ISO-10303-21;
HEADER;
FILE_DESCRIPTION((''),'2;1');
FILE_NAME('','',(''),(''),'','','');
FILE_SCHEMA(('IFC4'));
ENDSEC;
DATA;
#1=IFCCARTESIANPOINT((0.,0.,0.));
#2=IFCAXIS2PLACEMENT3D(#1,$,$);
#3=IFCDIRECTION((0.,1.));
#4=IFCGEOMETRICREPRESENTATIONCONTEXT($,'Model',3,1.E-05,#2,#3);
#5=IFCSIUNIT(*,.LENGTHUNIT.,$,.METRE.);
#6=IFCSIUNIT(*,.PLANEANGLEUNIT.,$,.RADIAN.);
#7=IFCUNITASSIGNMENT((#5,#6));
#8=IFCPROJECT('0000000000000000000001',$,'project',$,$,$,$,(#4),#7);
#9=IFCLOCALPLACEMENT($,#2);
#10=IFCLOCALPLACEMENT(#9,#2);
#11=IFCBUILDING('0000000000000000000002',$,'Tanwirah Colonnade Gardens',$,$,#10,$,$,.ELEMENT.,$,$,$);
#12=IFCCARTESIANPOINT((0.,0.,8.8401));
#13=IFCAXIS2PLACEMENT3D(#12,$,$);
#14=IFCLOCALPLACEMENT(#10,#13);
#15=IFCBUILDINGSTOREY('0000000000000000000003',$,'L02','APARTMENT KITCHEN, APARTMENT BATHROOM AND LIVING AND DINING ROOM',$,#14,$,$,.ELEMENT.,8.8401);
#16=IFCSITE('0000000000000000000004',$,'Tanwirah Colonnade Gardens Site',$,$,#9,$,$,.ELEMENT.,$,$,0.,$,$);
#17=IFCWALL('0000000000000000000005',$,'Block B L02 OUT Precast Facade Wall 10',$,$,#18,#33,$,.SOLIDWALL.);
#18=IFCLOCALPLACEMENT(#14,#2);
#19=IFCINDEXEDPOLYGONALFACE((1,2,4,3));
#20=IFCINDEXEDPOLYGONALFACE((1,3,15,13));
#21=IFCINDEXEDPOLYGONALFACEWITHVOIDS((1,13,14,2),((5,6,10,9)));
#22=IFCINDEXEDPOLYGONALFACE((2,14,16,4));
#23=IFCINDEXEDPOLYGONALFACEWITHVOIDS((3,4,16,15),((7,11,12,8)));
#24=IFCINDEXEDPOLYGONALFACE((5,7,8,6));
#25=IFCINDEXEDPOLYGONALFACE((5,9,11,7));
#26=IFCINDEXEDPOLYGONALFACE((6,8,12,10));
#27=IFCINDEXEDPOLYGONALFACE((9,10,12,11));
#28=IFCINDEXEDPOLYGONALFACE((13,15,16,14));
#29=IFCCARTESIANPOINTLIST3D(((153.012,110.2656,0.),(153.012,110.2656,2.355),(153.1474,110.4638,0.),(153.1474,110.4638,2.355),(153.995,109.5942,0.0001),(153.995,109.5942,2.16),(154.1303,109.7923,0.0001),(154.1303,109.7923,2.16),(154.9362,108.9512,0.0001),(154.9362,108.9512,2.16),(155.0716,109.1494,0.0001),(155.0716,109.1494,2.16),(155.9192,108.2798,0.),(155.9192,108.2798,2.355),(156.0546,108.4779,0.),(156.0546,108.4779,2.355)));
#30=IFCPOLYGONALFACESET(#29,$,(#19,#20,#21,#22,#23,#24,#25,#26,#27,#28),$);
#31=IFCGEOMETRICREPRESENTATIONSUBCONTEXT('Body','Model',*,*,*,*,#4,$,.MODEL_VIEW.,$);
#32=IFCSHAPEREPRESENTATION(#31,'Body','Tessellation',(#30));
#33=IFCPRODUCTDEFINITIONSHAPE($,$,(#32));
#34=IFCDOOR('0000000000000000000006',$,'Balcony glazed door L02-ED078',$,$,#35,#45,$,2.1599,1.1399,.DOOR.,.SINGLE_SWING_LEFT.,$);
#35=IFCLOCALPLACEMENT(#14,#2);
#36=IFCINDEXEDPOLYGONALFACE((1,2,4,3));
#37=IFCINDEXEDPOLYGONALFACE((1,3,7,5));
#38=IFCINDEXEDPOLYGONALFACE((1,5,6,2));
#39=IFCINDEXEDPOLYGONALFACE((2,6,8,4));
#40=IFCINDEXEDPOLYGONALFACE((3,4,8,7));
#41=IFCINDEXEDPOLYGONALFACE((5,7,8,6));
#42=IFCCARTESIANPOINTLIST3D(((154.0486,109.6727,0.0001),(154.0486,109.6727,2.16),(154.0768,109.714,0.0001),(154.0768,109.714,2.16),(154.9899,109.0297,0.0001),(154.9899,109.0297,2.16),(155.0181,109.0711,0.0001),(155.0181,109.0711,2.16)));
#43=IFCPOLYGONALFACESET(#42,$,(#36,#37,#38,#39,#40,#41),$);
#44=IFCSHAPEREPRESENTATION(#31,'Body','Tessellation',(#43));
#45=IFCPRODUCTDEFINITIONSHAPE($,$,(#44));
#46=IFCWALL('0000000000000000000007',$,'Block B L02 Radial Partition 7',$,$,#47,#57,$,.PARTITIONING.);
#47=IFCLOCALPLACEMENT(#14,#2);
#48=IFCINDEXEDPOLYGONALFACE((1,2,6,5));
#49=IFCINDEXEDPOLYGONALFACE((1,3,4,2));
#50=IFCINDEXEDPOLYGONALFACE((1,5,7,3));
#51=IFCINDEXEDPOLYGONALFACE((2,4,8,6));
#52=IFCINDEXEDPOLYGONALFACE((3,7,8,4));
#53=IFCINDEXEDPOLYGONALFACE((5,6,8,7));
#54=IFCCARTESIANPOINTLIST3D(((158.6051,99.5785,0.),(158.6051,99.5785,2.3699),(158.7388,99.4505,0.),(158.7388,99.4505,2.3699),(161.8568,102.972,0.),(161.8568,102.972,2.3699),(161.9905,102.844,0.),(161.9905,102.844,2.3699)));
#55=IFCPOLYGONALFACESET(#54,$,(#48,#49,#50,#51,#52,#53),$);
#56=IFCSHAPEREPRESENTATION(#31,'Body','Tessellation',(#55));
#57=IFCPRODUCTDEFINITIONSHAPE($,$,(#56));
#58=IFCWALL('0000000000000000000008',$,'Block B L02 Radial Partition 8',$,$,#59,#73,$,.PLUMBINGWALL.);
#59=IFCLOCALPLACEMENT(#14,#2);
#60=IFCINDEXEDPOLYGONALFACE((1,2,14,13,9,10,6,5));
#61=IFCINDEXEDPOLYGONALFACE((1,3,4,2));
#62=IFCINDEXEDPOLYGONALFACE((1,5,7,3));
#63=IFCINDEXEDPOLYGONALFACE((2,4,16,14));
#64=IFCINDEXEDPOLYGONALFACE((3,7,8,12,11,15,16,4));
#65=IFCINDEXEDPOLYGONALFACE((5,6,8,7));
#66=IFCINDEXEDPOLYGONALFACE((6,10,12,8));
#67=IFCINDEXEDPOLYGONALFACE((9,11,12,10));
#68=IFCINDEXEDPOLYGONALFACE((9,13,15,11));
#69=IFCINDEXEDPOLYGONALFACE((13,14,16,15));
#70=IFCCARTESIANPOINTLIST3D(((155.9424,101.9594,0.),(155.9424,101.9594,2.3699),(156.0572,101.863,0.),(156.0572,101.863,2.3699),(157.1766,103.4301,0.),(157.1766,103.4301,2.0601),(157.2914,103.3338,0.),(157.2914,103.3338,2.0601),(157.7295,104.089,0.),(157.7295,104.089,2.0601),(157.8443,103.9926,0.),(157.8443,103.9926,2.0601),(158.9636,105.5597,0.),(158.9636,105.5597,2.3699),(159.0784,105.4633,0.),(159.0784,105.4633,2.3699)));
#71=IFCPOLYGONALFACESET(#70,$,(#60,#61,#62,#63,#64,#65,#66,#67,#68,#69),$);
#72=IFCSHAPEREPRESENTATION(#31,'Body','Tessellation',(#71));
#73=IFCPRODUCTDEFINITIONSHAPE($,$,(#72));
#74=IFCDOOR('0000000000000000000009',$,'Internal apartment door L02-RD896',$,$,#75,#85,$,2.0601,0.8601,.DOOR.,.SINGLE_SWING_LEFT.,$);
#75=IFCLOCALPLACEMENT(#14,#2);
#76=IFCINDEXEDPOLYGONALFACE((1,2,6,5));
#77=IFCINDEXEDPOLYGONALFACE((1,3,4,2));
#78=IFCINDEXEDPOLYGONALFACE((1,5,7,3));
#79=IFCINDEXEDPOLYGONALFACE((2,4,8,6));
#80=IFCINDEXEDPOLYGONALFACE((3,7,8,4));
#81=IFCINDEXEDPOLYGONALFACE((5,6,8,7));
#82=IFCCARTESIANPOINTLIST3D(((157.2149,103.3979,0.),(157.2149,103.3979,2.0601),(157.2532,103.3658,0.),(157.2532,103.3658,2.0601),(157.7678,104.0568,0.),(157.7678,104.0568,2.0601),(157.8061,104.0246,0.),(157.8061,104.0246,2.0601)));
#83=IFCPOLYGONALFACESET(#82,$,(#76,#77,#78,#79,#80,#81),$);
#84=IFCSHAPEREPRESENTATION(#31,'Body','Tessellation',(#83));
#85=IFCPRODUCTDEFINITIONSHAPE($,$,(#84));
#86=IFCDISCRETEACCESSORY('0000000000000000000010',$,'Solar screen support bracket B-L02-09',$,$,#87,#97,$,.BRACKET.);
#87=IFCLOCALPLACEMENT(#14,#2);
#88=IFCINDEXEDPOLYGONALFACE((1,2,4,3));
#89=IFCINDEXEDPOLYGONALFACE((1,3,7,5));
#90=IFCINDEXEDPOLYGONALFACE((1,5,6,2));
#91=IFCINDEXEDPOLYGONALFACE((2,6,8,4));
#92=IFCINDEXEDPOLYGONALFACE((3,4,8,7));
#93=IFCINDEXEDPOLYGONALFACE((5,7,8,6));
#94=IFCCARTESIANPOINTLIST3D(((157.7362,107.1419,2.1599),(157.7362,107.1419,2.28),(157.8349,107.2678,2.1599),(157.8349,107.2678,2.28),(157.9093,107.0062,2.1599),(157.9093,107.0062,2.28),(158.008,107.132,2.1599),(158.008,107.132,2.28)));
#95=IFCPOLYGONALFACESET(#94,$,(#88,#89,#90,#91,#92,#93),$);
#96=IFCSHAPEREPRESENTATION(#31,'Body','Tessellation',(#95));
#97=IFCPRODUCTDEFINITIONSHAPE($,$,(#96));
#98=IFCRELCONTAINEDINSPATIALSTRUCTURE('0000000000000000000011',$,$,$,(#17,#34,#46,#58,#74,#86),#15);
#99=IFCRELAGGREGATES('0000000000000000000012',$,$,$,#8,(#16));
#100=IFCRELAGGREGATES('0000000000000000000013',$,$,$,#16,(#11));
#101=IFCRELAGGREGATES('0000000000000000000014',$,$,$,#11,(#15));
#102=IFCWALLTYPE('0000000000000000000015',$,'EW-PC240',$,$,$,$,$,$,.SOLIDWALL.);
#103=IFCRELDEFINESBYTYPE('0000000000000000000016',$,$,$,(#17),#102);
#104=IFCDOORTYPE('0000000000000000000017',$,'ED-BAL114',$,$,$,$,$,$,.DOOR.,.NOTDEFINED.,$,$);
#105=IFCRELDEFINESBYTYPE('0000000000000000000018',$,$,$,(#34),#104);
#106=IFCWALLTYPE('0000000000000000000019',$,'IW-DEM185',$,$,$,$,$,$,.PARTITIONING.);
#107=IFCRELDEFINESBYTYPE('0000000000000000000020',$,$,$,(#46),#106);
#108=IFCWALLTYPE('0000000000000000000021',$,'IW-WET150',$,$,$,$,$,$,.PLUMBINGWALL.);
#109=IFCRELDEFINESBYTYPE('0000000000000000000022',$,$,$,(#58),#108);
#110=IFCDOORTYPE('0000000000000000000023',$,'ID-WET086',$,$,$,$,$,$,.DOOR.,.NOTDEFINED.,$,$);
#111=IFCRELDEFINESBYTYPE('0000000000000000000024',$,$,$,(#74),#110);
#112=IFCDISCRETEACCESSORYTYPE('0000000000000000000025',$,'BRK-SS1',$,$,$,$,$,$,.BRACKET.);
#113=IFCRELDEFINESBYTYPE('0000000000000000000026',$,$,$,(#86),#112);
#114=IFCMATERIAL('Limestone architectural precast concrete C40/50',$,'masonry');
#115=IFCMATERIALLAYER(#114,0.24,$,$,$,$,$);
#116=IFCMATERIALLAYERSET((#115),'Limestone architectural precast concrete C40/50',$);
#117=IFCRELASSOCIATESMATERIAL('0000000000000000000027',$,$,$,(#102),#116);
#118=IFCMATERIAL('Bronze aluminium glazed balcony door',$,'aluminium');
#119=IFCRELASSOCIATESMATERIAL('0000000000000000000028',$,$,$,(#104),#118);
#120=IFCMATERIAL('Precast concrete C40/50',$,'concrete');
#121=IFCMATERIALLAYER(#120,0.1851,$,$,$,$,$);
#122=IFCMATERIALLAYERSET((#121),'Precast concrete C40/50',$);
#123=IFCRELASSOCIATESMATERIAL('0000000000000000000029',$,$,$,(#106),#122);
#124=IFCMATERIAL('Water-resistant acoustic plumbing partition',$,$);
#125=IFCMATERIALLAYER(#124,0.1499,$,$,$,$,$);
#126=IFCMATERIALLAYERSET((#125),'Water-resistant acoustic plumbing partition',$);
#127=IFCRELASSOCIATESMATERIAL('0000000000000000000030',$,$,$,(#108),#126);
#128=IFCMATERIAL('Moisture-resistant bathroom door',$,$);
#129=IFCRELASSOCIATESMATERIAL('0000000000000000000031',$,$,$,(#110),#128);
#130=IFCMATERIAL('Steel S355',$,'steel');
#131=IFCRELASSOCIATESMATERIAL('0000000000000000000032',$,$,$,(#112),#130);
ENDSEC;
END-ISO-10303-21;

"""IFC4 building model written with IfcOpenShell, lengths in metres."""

from ifc_helpers import new_model, si_unit, direction, frame, frame_2d, origin, origin_2d, place, context, subcontext, project, spatial, rectangle, extrude, material, layer, layer_set, type_object, element, fill, save


model = new_model("IFC4")

# Units and contexts
model_context = context("Model", 3, precision=1e-05, world=origin(), true_north=direction((0.0, 1.0)))
body_context = subcontext(model_context, "Body", "Model", "MODEL_VIEW")
ifc_project = project(units=[si_unit("LENGTHUNIT", "METRE"), si_unit("PLANEANGLEUNIT", "RADIAN")], contexts=[model_context])

# Site, building, storey
site_placement = place(None, origin())
site = spatial("IfcSite", under=ifc_project, at=site_placement, Name="Tanwirah Colonnade Gardens Site", CompositionType="ELEMENT", RefElevation=0.0)
building_placement = place(site_placement, origin())
building = spatial("IfcBuilding", under=site, at=building_placement, Name="Tanwirah Colonnade Gardens", CompositionType="ELEMENT")
storey_placement = place(building_placement, frame((0.0, 0.0, 8.8401)))
storey = spatial("IfcBuildingStorey", under=building, at=storey_placement, Name="L02", Description="APARTMENT KITCHEN, APARTMENT BATHROOM AND LIVING AND DINING ROOM", CompositionType="ELEMENT", Elevation=8.8401)

# Shared definitions
ifc_material_1 = material(Name="Precast concrete C40/50", Category="concrete")

# Shared definitions
ifc_material_2 = material(Name="Limestone architectural precast concrete C40/50", Category="masonry")
ifc_layer_1 = layer(ifc_material_2, 0.24)
ifc_layer_set_1 = layer_set([ifc_layer_1], Name="Limestone architectural precast concrete C40/50")
wall_type_1 = type_object("IfcWallType", Name="EW-PC240", PredefinedType="SOLIDWALL", material=ifc_layer_set_1)

# Wall, opening, door
wall_1_placement = place(storey_placement, frame((155.9868, 108.3789, 0.0), z_axis=(0.0, 0.0, 1.0), x_axis=(-0.825746, 0.564042, 0.0)))
wall_1 = element("IfcWall", 1, at=wall_1_placement, inside=storey, type_object=wall_type_1, Name="Block B L02 OUT Precast Facade Wall 10", PredefinedType="SOLIDWALL", context=body_context, shape_type="SweptSolid", body=[
    extrude(rectangle(XDim=3.5208, YDim=0.24, at=frame_2d((1.7603, 0.0))), origin(), (0.0, 0.0, 1.0), 2.355),
])
opening_1_placement = place(wall_1_placement, frame((1.1904, 0.0, 0.0)))
opening_1 = element("IfcOpeningElement", 2, at=opening_1_placement, cuts=wall_1, PredefinedType="OPENING", context=body_context, shape_type="SweptSolid", body=[
    extrude(rectangle(XDim=1.1399, YDim=2.1599, at=frame_2d((0.5698, 1.0801))), frame((0.0, 0.1299, 0.0), z_axis=(0.0, -1.0, 0.0), x_axis=(1.0, 0.0, 0.0)), (0.0, 0.0, 1.0), 0.26),
])
ifc_material_3 = material(Name="Bronze aluminium glazed balcony door", Category="aluminium")
door_type_1 = type_object("IfcDoorType", Name="ED-BAL114", OperationType="NOTDEFINED", PredefinedType="DOOR", material=ifc_material_3)
door_1_placement = place(opening_1_placement, origin())
door_1 = element("IfcDoor", 3, at=door_1_placement, inside=storey, type_object=door_type_1, Name="Balcony glazed door L02-ED078", OperationType="SINGLE_SWING_LEFT", OverallHeight=2.1599, OverallWidth=1.1399, PredefinedType="DOOR", context=body_context, shape_type="SweptSolid", body=[
    extrude(rectangle(XDim=1.1399, YDim=2.1599, at=frame_2d((0.5698, 1.0801))), frame((0.0, 0.0249, 0.0), z_axis=(0.0, -1.0, 0.0), x_axis=(1.0, 0.0, 0.0)), (0.0, 0.0, 1.0), 0.05),
])
fill(opening_1, door_1)

# Wall
ifc_layer_2 = layer(ifc_material_1, 0.1851)
ifc_layer_set_2 = layer_set([ifc_layer_2], Name="Precast concrete C40/50")
wall_type_2 = type_object("IfcWallType", Name="IW-DEM185", PredefinedType="PARTITIONING", material=ifc_layer_set_2)
wall_2_placement = place(storey_placement, frame((158.6719, 99.5144, 0.0), z_axis=(0.0, 0.0, 1.0), x_axis=(0.691856, 0.722036, 0.0)))
element("IfcWall", 4, at=wall_2_placement, inside=storey, type_object=wall_type_2, Name="Block B L02 Radial Partition 7", PredefinedType="PARTITIONING", context=body_context, shape_type="SweptSolid", body=[
    extrude(rectangle(XDim=4.7, YDim=0.1851, at=frame_2d((2.3501, 0.0))), origin(), (0.0, 0.0, 1.0), 2.3699),
])

# Wall, opening, door
ifc_material_4 = material(Name="Water-resistant acoustic plumbing partition")
ifc_layer_3 = layer(ifc_material_4, 0.1499)
ifc_layer_set_3 = layer_set([ifc_layer_3], Name="Water-resistant acoustic plumbing partition")
wall_type_3 = type_object("IfcWallType", Name="IW-WET150", PredefinedType="PLUMBINGWALL", material=ifc_layer_set_3)
wall_3_placement = place(storey_placement, frame((155.9998, 101.9111, 0.0), z_axis=(0.0, 0.0, 1.0), x_axis=(0.642812, 0.766024, 0.0)))
wall_3 = element("IfcWall", 5, at=wall_3_placement, inside=storey, type_object=wall_type_3, Name="Block B L02 Radial Partition 8", PredefinedType="PLUMBINGWALL", context=body_context, shape_type="SweptSolid", body=[
    extrude(rectangle(XDim=4.7, YDim=0.1499, at=frame_2d((2.3501, 0.0))), origin(), (0.0, 0.0, 1.0), 2.3699),
])
opening_2_placement = place(wall_3_placement, frame((1.9199, 0.0, 0.0)))
opening_2 = element("IfcOpeningElement", 6, at=opening_2_placement, cuts=wall_3, PredefinedType="OPENING", context=body_context, shape_type="SweptSolid", body=[
    extrude(rectangle(XDim=0.8601, YDim=2.0601, at=frame_2d((0.4302, 1.03))), frame((0.0, 0.085, 0.0), z_axis=(0.0, -1.0, 0.0), x_axis=(1.0, 0.0, 0.0)), (0.0, 0.0, 1.0), 0.1699),
])
ifc_material_5 = material(Name="Moisture-resistant bathroom door")
door_type_2 = type_object("IfcDoorType", Name="ID-WET086", OperationType="NOTDEFINED", PredefinedType="DOOR", material=ifc_material_5)
door_2_placement = place(opening_2_placement, origin())
door_2 = element("IfcDoor", 7, at=door_2_placement, inside=storey, type_object=door_type_2, Name="Internal apartment door L02-RD896", OperationType="SINGLE_SWING_LEFT", OverallHeight=2.0601, OverallWidth=0.8601, PredefinedType="DOOR", context=body_context, shape_type="SweptSolid", body=[
    extrude(rectangle(XDim=0.8601, YDim=2.0601, at=frame_2d((0.4302, 1.03))), frame((0.0, 0.0249, 0.0), z_axis=(0.0, -1.0, 0.0), x_axis=(1.0, 0.0, 0.0)), (0.0, 0.0, 1.0), 0.05),
])
fill(opening_2, door_2)

# Discrete accessory
ifc_material_6 = material(Name="Steel S355", Category="steel")
discrete_accessory_type = type_object("IfcDiscreteAccessoryType", Name="BRK-SS1", PredefinedType="BRACKET", material=ifc_material_6)
discrete_accessory_placement = place(storey_placement, frame((157.8721, 107.137, 2.1599), z_axis=(0.0, 0.0, 1.0), x_axis=(-0.786816, 0.617188, 0.0)))
element("IfcDiscreteAccessory", 8, at=discrete_accessory_placement, inside=storey, type_object=discrete_accessory_type, Name="Solar screen support bracket B-L02-09", PredefinedType="BRACKET", context=body_context, shape_type="SweptSolid", body=[
    extrude(rectangle(XDim=0.22, YDim=0.1599, at=origin_2d()), origin(), (0.0, 0.0, 1.0), 0.1201),
])

save(model, "model.ifc")
